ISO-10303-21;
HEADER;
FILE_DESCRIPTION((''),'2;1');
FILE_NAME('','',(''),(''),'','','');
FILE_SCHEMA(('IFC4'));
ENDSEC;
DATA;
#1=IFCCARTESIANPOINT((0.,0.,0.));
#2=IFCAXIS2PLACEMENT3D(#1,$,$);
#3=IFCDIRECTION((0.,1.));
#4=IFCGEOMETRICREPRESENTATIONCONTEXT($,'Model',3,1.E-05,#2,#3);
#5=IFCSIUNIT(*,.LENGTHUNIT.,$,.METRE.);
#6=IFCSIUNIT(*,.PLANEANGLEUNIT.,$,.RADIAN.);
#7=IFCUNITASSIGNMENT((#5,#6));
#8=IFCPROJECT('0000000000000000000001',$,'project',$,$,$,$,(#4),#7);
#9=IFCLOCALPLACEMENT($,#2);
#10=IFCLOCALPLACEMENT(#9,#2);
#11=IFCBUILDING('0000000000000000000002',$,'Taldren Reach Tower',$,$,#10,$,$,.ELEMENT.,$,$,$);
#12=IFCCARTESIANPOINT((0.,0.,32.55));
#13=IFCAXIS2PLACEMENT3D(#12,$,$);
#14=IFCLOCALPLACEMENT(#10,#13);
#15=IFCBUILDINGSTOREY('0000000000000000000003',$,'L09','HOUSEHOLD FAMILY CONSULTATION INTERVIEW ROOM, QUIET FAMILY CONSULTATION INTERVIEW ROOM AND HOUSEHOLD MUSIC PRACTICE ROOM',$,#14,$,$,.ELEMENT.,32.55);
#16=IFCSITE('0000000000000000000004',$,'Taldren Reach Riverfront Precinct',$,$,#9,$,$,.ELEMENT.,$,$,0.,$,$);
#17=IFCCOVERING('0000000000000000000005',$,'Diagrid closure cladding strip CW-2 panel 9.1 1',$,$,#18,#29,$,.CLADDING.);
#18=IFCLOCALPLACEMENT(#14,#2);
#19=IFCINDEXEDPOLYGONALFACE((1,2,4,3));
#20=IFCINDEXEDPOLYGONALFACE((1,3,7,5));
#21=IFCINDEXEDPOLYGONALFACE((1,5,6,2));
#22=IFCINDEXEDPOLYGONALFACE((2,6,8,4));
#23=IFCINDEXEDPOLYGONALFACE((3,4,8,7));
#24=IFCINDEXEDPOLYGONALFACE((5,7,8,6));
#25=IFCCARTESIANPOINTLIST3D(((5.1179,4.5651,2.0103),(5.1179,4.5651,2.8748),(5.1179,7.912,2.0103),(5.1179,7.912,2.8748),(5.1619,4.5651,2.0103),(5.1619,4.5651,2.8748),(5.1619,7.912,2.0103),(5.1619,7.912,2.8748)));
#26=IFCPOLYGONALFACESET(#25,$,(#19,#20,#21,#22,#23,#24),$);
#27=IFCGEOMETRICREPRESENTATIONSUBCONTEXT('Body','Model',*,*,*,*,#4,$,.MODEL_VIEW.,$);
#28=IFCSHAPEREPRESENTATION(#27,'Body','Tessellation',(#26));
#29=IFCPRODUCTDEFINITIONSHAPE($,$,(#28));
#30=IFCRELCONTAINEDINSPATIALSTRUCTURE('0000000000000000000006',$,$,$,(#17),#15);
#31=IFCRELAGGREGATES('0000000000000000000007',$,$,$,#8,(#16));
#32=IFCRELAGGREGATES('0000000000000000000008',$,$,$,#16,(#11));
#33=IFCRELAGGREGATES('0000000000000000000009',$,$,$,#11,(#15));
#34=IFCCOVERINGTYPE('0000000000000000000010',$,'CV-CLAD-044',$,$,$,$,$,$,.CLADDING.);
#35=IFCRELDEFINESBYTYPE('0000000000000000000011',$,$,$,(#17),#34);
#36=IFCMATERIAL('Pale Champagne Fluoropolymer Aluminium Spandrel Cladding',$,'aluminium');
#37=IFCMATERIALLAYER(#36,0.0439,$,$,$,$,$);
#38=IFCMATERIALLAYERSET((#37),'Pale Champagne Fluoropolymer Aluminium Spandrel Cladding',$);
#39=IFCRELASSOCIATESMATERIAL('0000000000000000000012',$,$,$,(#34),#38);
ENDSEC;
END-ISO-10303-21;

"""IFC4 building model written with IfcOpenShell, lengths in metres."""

from ifc_helpers import new_model, si_unit, direction, frame, origin, origin_2d, place, context, subcontext, project, spatial, rectangle, extrude, source, transform, mapped, material, layer, layer_set, type_object, element, save


model = new_model("IFC4")

# Units and contexts
model_context = context("Model", 3, precision=1e-05, world=origin(), true_north=direction((0.0, 1.0)))
body_context = subcontext(model_context, "Body", "Model", "MODEL_VIEW")
ifc_project = project(units=[si_unit("LENGTHUNIT", "METRE"), si_unit("PLANEANGLEUNIT", "RADIAN")], contexts=[model_context])

# Site, building, storey
site_placement = place(None, origin())
site = spatial("IfcSite", under=ifc_project, at=site_placement, Name="Taldren Reach Riverfront Precinct", CompositionType="ELEMENT", RefElevation=0.0)
building_placement = place(site_placement, origin())
building = spatial("IfcBuilding", under=site, at=building_placement, Name="Taldren Reach Tower", CompositionType="ELEMENT")
storey_placement = place(building_placement, frame((0.0, 0.0, 32.55)))
storey = spatial("IfcBuildingStorey", under=building, at=storey_placement, Name="L09", Description="HOUSEHOLD FAMILY CONSULTATION INTERVIEW ROOM, QUIET FAMILY CONSULTATION INTERVIEW ROOM AND HOUSEHOLD MUSIC PRACTICE ROOM", CompositionType="ELEMENT", Elevation=32.55)

# Covering
ifc_material_1 = material(Name="Pale Champagne Fluoropolymer Aluminium Spandrel Cladding", Category="aluminium")
ifc_layer_1 = layer(ifc_material_1, 0.0439)
ifc_layer_set_1 = layer_set([ifc_layer_1], Name="Pale Champagne Fluoropolymer Aluminium Spandrel Cladding")
covering_type = type_object("IfcCoveringType", Name="CV-CLAD-044", PredefinedType="CLADDING", material=ifc_layer_set_1)
shared_shape_1 = source(origin(), body_context, "Body", "SweptSolid", [
    extrude(rectangle(XDim=3.3469, YDim=0.0439, at=origin_2d()), origin(), (0.0, 0.0, 1.0), 0.8645),
])
covering_1_placement = place(storey_placement, frame((5.1399, 6.2385, 2.0103), z_axis=(0.0, 0.0, 1.0), x_axis=(0.0, -1.0, 0.0)))
element("IfcCovering", 1, at=covering_1_placement, inside=storey, type_object=covering_type, Name="Diagrid closure cladding strip CW-2 panel 9.1 1", PredefinedType="CLADDING", context=body_context, shape_type="MappedRepresentation", body=[
    mapped(shared_shape_1, transform((0.0, 0.0, 0.0), scale=1.0)),
])

save(model, "model.ifc")
